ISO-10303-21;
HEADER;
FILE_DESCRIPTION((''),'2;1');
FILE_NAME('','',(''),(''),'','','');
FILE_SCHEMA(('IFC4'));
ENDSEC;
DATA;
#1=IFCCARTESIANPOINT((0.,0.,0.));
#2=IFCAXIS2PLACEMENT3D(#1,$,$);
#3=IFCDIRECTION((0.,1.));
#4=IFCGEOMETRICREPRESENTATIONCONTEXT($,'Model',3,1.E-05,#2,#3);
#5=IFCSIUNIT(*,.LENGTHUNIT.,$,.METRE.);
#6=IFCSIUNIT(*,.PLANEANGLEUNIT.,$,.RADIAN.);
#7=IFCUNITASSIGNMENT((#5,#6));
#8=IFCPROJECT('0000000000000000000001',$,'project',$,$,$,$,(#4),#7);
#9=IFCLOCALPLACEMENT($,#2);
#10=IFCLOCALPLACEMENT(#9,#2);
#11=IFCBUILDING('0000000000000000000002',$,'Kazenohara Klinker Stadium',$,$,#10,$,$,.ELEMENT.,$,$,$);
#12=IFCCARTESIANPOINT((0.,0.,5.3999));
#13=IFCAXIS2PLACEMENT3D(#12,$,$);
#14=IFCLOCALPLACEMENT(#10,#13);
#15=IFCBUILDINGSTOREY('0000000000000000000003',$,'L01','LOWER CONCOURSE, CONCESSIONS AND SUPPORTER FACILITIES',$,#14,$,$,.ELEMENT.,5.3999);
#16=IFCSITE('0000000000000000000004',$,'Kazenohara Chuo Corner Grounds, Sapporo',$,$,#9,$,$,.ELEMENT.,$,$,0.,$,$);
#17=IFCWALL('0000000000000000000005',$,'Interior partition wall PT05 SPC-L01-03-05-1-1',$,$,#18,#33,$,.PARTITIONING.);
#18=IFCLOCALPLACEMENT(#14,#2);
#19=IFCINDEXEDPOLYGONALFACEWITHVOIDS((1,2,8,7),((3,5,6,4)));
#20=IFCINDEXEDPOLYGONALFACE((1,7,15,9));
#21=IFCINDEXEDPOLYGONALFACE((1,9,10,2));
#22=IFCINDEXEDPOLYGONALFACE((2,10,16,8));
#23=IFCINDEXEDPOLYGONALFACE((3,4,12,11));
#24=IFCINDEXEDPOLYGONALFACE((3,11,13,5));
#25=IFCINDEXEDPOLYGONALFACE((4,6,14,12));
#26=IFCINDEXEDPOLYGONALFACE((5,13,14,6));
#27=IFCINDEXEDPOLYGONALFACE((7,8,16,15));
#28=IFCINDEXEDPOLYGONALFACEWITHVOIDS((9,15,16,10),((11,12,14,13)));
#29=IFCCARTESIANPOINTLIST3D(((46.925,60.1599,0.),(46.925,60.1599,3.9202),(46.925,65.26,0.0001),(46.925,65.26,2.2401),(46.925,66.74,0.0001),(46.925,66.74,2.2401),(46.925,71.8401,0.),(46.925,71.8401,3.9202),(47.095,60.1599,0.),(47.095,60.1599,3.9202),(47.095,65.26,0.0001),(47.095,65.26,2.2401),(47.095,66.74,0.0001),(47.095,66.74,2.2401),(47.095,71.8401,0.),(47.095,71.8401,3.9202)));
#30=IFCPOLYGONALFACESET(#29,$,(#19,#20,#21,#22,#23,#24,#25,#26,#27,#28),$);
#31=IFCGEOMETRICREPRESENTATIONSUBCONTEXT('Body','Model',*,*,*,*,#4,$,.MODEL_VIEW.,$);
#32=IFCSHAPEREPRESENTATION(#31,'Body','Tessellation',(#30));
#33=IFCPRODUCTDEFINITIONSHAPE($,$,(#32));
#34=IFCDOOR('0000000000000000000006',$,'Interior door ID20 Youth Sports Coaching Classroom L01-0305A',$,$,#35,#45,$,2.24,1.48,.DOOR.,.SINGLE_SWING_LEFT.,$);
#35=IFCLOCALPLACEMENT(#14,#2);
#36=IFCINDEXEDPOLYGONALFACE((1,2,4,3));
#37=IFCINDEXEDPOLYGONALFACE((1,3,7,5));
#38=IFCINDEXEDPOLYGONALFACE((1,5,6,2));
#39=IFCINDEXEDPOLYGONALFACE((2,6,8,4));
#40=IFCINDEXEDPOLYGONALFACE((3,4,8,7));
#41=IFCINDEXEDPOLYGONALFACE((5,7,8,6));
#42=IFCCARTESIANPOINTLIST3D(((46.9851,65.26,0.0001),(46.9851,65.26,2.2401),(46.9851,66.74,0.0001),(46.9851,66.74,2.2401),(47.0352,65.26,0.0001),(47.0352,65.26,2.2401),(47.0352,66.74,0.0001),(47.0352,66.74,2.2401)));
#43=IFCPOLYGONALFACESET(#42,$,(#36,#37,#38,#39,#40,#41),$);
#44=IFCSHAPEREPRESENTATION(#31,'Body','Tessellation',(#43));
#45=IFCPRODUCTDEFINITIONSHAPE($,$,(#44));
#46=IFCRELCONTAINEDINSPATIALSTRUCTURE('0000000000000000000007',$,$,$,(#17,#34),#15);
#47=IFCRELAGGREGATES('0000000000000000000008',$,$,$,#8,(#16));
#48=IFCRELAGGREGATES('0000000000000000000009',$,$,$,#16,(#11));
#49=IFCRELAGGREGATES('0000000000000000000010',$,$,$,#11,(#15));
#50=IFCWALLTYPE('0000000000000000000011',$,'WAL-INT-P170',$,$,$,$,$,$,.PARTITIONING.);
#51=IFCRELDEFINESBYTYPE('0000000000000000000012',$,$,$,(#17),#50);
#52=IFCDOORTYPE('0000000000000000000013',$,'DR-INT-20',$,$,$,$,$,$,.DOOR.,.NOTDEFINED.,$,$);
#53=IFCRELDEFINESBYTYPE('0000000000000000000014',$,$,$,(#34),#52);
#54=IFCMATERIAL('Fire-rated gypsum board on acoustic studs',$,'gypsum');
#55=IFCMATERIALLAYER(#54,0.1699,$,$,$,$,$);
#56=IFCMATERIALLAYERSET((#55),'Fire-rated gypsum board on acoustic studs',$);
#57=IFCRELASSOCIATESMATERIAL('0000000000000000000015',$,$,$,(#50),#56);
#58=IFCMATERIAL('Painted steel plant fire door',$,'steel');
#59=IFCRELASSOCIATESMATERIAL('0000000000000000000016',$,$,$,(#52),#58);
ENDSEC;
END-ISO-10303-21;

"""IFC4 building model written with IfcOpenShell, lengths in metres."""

from ifc_helpers import new_model, si_unit, direction, frame, frame_2d, origin, place, context, subcontext, project, spatial, rectangle, extrude, material, layer, layer_set, type_object, element, fill, save


model = new_model("IFC4")

# Units and contexts
model_context = context("Model", 3, precision=1e-05, world=origin(), true_north=direction((0.0, 1.0)))
body_context = subcontext(model_context, "Body", "Model", "MODEL_VIEW")
ifc_project = project(units=[si_unit("LENGTHUNIT", "METRE"), si_unit("PLANEANGLEUNIT", "RADIAN")], contexts=[model_context])

# Site, building, storey
site_placement = place(None, origin())
site = spatial("IfcSite", under=ifc_project, at=site_placement, Name="Kazenohara Chuo Corner Grounds, Sapporo", CompositionType="ELEMENT", RefElevation=0.0)
building_placement = place(site_placement, origin())
building = spatial("IfcBuilding", under=site, at=building_placement, Name="Kazenohara Klinker Stadium", CompositionType="ELEMENT")
storey_placement = place(building_placement, frame((0.0, 0.0, 5.3999)))
storey = spatial("IfcBuildingStorey", under=building, at=storey_placement, Name="L01", Description="LOWER CONCOURSE, CONCESSIONS AND SUPPORTER FACILITIES", CompositionType="ELEMENT", Elevation=5.3999)

# Shared definitions
ifc_material_1 = material(Name="Fire-rated gypsum board on acoustic studs", Category="gypsum")
ifc_material_2 = material(Name="Painted steel plant fire door", Category="steel")

# Wall, opening, door
ifc_layer_1 = layer(ifc_material_1, 0.1699)
ifc_layer_set_1 = layer_set([ifc_layer_1], Name="Fire-rated gypsum board on acoustic studs")
wall_type_1 = type_object("IfcWallType", Name="WAL-INT-P170", PredefinedType="PARTITIONING", material=ifc_layer_set_1)
wall_1_placement = place(storey_placement, frame((47.01, 60.1599, 0.0), z_axis=(0.0, 0.0, 1.0), x_axis=(0.0, 1.0, 0.0)))
wall_1 = element("IfcWall", 1, at=wall_1_placement, inside=storey, type_object=wall_type_1, Name="Interior partition wall PT05 SPC-L01-03-05-1-1", PredefinedType="PARTITIONING", context=body_context, shape_type="SweptSolid", body=[
    extrude(rectangle(XDim=11.6802, YDim=0.1699, at=frame_2d((5.8401, 0.0))), origin(), (0.0, 0.0, 1.0), 3.9202),
])
opening_1_placement = place(wall_1_placement, frame((5.1001, 0.0, 0.0)))
opening_1 = element("IfcOpeningElement", 2, at=opening_1_placement, cuts=wall_1, PredefinedType="OPENING", context=body_context, shape_type="SweptSolid", body=[
    extrude(rectangle(XDim=1.48, YDim=2.24, at=frame_2d((0.74, 1.1201))), frame((0.0, 0.095, 0.0), z_axis=(0.0, -1.0, 0.0), x_axis=(1.0, 0.0, 0.0)), (0.0, 0.0, 1.0), 0.1899),
])
door_type_1 = type_object("IfcDoorType", Name="DR-INT-20", OperationType="NOTDEFINED", PredefinedType="DOOR", material=ifc_material_2)
door_1_placement = place(opening_1_placement, origin())
door_1 = element("IfcDoor", 3, at=door_1_placement, inside=storey, type_object=door_type_1, Name="Interior door ID20 Youth Sports Coaching Classroom L01-0305A", OperationType="SINGLE_SWING_LEFT", OverallHeight=2.24, OverallWidth=1.48, PredefinedType="DOOR", context=body_context, shape_type="SweptSolid", body=[
    extrude(rectangle(XDim=1.48, YDim=2.24, at=frame_2d((0.74, 1.1201))), frame((0.0, 0.0249, 0.0), z_axis=(0.0, -1.0, 0.0), x_axis=(1.0, 0.0, 0.0)), (0.0, 0.0, 1.0), 0.05),
])
fill(opening_1, door_1)

save(model, "model.ifc")
